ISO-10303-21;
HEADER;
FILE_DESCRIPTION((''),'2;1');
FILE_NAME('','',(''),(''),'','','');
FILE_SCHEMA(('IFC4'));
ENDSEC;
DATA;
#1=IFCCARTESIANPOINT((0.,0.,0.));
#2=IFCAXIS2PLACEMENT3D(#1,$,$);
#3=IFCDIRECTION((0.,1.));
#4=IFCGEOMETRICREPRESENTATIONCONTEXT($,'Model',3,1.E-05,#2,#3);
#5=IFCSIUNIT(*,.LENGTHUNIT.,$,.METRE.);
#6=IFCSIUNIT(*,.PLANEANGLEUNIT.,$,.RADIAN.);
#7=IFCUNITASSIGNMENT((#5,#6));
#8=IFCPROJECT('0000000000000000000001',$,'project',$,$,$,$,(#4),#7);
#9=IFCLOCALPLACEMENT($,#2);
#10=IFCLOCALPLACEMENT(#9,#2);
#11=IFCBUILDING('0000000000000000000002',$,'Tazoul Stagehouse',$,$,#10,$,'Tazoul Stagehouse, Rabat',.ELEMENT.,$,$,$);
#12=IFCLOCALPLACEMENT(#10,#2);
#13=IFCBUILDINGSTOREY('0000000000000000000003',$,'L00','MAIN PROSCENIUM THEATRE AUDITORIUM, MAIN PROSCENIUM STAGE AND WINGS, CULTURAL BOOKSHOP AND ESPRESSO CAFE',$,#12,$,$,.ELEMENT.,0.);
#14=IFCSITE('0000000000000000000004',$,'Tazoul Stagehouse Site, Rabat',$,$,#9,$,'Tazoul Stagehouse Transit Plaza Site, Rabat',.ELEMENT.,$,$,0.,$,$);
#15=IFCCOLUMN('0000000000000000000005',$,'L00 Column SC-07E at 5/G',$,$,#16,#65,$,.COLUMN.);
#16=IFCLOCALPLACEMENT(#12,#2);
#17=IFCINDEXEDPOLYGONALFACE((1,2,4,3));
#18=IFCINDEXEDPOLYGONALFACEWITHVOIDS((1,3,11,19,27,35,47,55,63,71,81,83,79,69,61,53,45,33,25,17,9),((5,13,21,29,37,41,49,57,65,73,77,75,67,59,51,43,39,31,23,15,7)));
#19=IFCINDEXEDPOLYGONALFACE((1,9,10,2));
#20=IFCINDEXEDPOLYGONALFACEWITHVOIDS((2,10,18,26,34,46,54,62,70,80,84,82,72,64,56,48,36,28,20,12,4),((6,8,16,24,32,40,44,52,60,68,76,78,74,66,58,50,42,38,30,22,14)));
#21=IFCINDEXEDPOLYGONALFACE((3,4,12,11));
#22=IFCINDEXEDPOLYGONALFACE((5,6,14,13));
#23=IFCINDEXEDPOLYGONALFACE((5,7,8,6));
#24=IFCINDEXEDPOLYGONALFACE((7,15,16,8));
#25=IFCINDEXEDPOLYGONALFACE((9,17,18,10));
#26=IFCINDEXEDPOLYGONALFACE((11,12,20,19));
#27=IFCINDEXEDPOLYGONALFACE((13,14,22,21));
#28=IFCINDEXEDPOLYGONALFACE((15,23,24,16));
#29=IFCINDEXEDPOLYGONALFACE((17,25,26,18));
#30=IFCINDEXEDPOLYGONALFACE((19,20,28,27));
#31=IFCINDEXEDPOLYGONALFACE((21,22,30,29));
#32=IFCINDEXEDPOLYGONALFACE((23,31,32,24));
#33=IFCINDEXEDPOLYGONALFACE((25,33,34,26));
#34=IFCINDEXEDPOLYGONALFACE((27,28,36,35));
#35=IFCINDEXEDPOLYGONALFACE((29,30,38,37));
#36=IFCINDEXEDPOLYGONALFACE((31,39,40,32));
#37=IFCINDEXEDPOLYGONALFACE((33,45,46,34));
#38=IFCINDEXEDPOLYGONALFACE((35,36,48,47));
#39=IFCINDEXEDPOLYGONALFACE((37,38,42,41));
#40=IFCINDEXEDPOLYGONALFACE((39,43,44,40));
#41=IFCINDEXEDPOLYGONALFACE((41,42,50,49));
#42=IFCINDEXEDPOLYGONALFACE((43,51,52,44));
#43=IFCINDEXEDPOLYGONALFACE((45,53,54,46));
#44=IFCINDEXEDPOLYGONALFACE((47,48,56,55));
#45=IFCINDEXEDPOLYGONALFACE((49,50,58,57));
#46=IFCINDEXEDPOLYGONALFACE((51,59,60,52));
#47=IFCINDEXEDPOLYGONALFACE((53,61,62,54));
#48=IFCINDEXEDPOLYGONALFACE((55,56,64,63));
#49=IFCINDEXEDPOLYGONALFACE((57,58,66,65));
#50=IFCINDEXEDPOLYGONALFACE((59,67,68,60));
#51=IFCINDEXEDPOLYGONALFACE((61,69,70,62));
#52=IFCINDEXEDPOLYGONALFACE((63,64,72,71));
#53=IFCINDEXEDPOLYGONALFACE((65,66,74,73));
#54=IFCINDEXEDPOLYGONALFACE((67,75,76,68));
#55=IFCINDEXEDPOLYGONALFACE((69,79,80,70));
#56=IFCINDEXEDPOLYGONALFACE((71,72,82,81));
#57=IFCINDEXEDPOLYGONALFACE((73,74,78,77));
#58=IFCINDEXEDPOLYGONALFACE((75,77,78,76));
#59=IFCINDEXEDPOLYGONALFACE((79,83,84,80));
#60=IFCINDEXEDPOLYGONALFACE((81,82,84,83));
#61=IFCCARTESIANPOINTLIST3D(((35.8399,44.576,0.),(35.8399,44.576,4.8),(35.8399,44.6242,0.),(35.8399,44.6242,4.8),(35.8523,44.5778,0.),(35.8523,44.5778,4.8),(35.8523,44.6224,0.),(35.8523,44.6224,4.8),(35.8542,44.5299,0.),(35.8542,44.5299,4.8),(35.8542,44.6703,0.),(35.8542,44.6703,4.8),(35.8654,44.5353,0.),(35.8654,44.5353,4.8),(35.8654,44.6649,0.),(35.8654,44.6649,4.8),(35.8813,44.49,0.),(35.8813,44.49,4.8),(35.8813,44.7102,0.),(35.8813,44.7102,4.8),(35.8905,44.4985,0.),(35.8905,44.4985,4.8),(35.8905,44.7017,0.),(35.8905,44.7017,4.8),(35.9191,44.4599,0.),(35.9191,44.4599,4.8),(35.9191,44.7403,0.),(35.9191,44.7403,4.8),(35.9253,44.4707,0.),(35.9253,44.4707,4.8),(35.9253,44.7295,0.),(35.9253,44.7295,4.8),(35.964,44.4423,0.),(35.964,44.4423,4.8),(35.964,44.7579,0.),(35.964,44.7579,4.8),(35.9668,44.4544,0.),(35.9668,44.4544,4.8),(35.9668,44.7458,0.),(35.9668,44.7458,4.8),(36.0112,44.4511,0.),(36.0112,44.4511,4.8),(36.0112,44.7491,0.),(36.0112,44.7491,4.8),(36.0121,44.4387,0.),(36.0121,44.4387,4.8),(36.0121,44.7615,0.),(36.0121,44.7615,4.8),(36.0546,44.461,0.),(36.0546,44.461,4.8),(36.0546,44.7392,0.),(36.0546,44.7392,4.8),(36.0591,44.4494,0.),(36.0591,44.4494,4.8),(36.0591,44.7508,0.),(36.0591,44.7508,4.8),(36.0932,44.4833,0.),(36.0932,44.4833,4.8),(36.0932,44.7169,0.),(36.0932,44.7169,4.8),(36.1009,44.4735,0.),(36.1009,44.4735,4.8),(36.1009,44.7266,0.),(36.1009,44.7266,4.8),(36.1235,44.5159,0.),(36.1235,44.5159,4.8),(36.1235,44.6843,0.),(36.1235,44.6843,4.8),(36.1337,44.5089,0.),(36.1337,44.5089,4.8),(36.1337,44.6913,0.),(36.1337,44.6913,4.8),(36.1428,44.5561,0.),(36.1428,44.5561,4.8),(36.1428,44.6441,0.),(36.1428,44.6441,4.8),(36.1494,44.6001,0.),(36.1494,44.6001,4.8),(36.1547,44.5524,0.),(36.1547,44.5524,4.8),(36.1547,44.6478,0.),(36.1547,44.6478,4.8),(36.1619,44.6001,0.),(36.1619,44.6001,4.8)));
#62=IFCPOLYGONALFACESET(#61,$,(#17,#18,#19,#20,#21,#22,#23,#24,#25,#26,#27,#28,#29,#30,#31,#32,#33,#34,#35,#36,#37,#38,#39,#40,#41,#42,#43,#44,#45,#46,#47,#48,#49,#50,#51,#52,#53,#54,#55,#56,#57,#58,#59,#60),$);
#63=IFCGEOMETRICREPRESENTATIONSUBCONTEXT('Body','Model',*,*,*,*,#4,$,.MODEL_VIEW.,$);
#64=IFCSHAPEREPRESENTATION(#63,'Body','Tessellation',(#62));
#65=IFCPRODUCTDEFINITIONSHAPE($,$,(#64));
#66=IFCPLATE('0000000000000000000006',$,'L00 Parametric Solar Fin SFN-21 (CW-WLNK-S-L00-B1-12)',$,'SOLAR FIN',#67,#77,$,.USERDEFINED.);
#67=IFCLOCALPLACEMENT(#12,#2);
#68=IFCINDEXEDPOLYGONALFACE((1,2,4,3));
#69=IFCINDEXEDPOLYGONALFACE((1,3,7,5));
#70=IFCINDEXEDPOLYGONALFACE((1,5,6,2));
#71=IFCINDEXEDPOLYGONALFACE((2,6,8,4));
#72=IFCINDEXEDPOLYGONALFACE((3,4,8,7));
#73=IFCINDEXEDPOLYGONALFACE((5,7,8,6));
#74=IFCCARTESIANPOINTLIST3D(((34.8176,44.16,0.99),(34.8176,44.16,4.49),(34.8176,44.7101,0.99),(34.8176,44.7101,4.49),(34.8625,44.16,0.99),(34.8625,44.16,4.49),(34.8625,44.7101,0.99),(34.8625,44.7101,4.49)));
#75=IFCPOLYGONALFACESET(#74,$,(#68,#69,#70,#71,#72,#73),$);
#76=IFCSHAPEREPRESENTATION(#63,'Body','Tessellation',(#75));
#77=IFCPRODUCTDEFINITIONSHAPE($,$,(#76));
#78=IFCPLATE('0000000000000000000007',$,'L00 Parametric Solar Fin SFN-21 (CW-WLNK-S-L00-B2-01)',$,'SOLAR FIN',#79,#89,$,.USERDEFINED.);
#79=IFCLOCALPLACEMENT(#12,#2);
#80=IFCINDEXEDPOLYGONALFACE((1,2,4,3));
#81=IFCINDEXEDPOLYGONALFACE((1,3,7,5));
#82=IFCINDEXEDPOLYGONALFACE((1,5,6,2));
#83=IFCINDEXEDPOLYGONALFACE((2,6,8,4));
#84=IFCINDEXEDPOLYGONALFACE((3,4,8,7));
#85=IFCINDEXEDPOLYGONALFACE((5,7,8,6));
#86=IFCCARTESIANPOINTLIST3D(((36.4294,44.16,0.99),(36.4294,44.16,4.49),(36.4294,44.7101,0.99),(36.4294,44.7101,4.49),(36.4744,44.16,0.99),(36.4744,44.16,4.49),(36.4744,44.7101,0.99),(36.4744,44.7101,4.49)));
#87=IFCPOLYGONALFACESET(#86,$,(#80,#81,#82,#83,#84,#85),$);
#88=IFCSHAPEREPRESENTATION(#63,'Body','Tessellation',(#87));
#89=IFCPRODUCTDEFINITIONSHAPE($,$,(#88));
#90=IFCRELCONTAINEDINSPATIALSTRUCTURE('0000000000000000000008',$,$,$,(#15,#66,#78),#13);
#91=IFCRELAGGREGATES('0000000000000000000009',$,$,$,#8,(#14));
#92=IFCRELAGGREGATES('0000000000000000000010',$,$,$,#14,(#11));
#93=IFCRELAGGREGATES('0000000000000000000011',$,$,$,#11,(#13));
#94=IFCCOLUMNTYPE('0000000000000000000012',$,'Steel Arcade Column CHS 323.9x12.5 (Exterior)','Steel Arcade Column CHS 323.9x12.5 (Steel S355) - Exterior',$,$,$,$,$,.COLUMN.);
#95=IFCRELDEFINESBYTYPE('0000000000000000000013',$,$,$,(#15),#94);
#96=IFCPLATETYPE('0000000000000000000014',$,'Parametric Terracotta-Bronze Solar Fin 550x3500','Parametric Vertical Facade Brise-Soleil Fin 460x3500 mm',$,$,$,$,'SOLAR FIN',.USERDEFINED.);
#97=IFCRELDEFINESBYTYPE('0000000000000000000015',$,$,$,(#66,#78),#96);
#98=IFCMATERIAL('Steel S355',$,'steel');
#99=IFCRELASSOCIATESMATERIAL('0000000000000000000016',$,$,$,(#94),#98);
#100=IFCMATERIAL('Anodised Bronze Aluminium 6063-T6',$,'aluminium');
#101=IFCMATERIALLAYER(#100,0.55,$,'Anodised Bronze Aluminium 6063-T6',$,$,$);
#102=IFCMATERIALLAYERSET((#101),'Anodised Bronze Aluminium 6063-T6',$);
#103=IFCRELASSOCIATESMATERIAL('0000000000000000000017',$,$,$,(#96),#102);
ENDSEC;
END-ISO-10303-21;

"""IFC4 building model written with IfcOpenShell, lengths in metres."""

from ifc_helpers import new_model, si_unit, direction, frame, origin, origin_2d, place, context, subcontext, project, spatial, rectangle, hollow_circle, extrude, material, layer, layer_set, material_profile, profile_set, type_object, element, save


model = new_model("IFC4")

# Units and contexts
model_context = context("Model", 3, precision=1e-05, world=origin(), true_north=direction((0.0, 1.0)))
body_context = subcontext(model_context, "Body", "Model", "MODEL_VIEW")
ifc_project = project(units=[si_unit("LENGTHUNIT", "METRE"), si_unit("PLANEANGLEUNIT", "RADIAN")], contexts=[model_context])

# Site, building, storey
site_placement = place(None, origin())
site = spatial("IfcSite", under=ifc_project, at=site_placement, Name="Tazoul Stagehouse Site, Rabat", LongName="Tazoul Stagehouse Transit Plaza Site, Rabat", CompositionType="ELEMENT", RefElevation=0.0)
building_placement = place(site_placement, origin())
building = spatial("IfcBuilding", under=site, at=building_placement, Name="Tazoul Stagehouse", LongName="Tazoul Stagehouse, Rabat", CompositionType="ELEMENT")
storey_placement = place(building_placement, origin())
storey = spatial("IfcBuildingStorey", under=building, at=storey_placement, Name="L00", Description="MAIN PROSCENIUM THEATRE AUDITORIUM, MAIN PROSCENIUM STAGE AND WINGS, CULTURAL BOOKSHOP AND ESPRESSO CAFE", CompositionType="ELEMENT", Elevation=0.0)

# Column
ifc_material_1 = material(Name="Steel S355", Category="steel")
ifc_material_profile_1 = material_profile(ifc_material_1, hollow_circle(Radius=0.1619, WallThickness=0.0125, at=origin_2d()), Name="CHS 323.9x12.5")
ifc_profile_set_1 = profile_set([ifc_material_profile_1], Name="Steel S355")
column_type = type_object("IfcColumnType", Name="Steel Arcade Column CHS 323.9x12.5 (Exterior)", Description="Steel Arcade Column CHS 323.9x12.5 (Steel S355) - Exterior", PredefinedType="COLUMN", material=ifc_profile_set_1)
column_placement = place(storey_placement, frame((36.0, 44.6001, 0.0), z_axis=(0.0, 0.0, 1.0), x_axis=(1.0, 0.0, 0.0)))
element("IfcColumn", 1, at=column_placement, inside=storey, type_object=column_type, Name="L00 Column SC-07E at 5/G", PredefinedType="COLUMN", context=body_context, shape_type="SweptSolid", body=[
    extrude(hollow_circle(Radius=0.1619, WallThickness=0.0125, at=origin_2d()), origin(), (0.0, 0.0, 1.0), 4.8),
])

# Shared definitions
ifc_material_2 = material(Name="Anodised Bronze Aluminium 6063-T6", Category="aluminium")

# Plates
ifc_layer_1 = layer(ifc_material_2, 0.55, Name="Anodised Bronze Aluminium 6063-T6")
ifc_layer_set_1 = layer_set([ifc_layer_1], Name="Anodised Bronze Aluminium 6063-T6")
plate_type_1 = type_object("IfcPlateType", Name="Parametric Terracotta-Bronze Solar Fin 550x3500", Description="Parametric Vertical Facade Brise-Soleil Fin 460x3500 mm", ElementType="SOLAR FIN", PredefinedType="USERDEFINED", material=ifc_layer_set_1)
for number, where, z_axis, x_axis, name in (
    (2, (34.8401, 44.4351, 0.99), (0.0, 0.0, 1.0), (1.0, 0.0, 0.0), "L00 Parametric Solar Fin SFN-21 (CW-WLNK-S-L00-B1-12)"),
    (3, (36.4519, 44.4351, 0.99), (0.0, 0.0, 1.0), (1.0, 0.0, 0.0), "L00 Parametric Solar Fin SFN-21 (CW-WLNK-S-L00-B2-01)"),
):
    element("IfcPlate", number, at=place(storey_placement, frame(where, z_axis=z_axis, x_axis=x_axis)), inside=storey, type_object=plate_type_1, Name=name, ObjectType="SOLAR FIN", PredefinedType="USERDEFINED", context=body_context, shape_type="SweptSolid", body=[
        extrude(rectangle(XDim=0.0449, YDim=0.55, at=origin_2d()), origin(), (0.0, 0.0, 1.0), 3.5),
    ])

save(model, "model.ifc")
